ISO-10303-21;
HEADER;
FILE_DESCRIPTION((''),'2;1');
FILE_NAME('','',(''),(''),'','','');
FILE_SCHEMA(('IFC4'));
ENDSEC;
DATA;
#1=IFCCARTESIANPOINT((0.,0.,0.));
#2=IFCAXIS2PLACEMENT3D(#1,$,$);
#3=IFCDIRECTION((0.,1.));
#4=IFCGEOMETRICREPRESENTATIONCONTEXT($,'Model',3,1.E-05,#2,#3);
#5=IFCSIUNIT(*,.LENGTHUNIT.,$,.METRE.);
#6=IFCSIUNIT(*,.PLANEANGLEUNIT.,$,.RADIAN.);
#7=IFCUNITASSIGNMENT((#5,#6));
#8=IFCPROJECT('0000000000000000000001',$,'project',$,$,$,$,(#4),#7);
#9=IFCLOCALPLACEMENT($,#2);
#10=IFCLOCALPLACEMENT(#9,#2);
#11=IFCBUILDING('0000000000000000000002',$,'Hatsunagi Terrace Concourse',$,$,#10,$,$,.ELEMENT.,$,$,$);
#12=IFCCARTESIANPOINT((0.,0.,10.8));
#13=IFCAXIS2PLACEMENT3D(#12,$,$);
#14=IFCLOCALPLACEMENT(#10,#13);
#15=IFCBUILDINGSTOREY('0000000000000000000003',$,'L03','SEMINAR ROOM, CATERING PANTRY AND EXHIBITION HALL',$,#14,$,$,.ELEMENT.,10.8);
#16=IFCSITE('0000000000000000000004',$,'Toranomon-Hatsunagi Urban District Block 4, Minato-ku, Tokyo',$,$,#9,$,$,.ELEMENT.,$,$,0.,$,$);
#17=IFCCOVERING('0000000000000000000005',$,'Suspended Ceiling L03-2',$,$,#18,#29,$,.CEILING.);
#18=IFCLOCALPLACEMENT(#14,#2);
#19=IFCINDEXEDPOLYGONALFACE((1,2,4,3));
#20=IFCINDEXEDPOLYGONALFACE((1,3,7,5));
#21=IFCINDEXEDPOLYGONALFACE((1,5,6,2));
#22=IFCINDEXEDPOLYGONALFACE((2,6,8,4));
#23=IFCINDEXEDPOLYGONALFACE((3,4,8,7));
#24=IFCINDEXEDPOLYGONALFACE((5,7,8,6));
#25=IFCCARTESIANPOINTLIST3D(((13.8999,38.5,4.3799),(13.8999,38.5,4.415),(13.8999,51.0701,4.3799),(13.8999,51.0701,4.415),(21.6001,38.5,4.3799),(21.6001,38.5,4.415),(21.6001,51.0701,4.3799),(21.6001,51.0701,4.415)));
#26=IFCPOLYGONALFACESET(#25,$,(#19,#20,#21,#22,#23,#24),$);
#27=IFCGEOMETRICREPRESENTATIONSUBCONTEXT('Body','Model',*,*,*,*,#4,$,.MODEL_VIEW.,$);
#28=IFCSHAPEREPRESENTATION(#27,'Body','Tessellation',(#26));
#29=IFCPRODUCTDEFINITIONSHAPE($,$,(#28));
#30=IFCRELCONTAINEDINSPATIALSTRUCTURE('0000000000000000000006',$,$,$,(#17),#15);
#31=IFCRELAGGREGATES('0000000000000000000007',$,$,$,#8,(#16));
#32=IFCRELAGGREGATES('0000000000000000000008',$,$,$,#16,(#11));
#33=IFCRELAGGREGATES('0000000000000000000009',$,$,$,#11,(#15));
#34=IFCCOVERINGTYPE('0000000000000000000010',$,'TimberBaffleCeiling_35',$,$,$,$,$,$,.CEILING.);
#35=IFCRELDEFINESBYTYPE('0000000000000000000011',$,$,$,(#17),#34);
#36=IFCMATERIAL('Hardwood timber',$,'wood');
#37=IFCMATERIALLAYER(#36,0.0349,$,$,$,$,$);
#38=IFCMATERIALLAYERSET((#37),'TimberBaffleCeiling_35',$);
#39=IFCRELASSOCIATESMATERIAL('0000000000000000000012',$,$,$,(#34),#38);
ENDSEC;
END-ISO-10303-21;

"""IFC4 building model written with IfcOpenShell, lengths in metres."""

from ifc_helpers import new_model, si_unit, direction, frame, origin, place, context, subcontext, project, spatial, polyline, outline, extrude, material, layer, layer_set, type_object, element, save


model = new_model("IFC4")

# Units and contexts
model_context = context("Model", 3, precision=1e-05, world=origin(), true_north=direction((0.0, 1.0)))
body_context = subcontext(model_context, "Body", "Model", "MODEL_VIEW")
ifc_project = project(units=[si_unit("LENGTHUNIT", "METRE"), si_unit("PLANEANGLEUNIT", "RADIAN")], contexts=[model_context])

# Site, building, storey
site_placement = place(None, origin())
site = spatial("IfcSite", under=ifc_project, at=site_placement, Name="Toranomon-Hatsunagi Urban District Block 4, Minato-ku, Tokyo", CompositionType="ELEMENT", RefElevation=0.0)
building_placement = place(site_placement, origin())
building = spatial("IfcBuilding", under=site, at=building_placement, Name="Hatsunagi Terrace Concourse", CompositionType="ELEMENT")
storey_placement = place(building_placement, frame((0.0, 0.0, 10.8)))
storey = spatial("IfcBuildingStorey", under=building, at=storey_placement, Name="L03", Description="SEMINAR ROOM, CATERING PANTRY AND EXHIBITION HALL", CompositionType="ELEMENT", Elevation=10.8)

# Covering
ifc_material_1 = material(Name="Hardwood timber", Category="wood")
ifc_layer_1 = layer(ifc_material_1, 0.0349)
ifc_layer_set_1 = layer_set([ifc_layer_1], Name="TimberBaffleCeiling_35")
covering_type_1 = type_object("IfcCoveringType", Name="TimberBaffleCeiling_35", PredefinedType="CEILING", material=ifc_layer_set_1)
covering_1_placement = place(storey_placement, frame((0.0, 0.0, 4.3799)))
element("IfcCovering", 1, at=covering_1_placement, inside=storey, type_object=covering_type_1, Name="Suspended Ceiling L03-2", PredefinedType="CEILING", context=body_context, shape_type="SweptSolid", body=[
    extrude(outline(polyline([(21.6001, 51.0701), (13.8999, 51.0701), (13.8999, 38.5), (21.6001, 38.5), (21.6001, 51.0701)])), origin(), (0.0, 0.0, 1.0), 0.0352),
])

save(model, "model.ifc")
